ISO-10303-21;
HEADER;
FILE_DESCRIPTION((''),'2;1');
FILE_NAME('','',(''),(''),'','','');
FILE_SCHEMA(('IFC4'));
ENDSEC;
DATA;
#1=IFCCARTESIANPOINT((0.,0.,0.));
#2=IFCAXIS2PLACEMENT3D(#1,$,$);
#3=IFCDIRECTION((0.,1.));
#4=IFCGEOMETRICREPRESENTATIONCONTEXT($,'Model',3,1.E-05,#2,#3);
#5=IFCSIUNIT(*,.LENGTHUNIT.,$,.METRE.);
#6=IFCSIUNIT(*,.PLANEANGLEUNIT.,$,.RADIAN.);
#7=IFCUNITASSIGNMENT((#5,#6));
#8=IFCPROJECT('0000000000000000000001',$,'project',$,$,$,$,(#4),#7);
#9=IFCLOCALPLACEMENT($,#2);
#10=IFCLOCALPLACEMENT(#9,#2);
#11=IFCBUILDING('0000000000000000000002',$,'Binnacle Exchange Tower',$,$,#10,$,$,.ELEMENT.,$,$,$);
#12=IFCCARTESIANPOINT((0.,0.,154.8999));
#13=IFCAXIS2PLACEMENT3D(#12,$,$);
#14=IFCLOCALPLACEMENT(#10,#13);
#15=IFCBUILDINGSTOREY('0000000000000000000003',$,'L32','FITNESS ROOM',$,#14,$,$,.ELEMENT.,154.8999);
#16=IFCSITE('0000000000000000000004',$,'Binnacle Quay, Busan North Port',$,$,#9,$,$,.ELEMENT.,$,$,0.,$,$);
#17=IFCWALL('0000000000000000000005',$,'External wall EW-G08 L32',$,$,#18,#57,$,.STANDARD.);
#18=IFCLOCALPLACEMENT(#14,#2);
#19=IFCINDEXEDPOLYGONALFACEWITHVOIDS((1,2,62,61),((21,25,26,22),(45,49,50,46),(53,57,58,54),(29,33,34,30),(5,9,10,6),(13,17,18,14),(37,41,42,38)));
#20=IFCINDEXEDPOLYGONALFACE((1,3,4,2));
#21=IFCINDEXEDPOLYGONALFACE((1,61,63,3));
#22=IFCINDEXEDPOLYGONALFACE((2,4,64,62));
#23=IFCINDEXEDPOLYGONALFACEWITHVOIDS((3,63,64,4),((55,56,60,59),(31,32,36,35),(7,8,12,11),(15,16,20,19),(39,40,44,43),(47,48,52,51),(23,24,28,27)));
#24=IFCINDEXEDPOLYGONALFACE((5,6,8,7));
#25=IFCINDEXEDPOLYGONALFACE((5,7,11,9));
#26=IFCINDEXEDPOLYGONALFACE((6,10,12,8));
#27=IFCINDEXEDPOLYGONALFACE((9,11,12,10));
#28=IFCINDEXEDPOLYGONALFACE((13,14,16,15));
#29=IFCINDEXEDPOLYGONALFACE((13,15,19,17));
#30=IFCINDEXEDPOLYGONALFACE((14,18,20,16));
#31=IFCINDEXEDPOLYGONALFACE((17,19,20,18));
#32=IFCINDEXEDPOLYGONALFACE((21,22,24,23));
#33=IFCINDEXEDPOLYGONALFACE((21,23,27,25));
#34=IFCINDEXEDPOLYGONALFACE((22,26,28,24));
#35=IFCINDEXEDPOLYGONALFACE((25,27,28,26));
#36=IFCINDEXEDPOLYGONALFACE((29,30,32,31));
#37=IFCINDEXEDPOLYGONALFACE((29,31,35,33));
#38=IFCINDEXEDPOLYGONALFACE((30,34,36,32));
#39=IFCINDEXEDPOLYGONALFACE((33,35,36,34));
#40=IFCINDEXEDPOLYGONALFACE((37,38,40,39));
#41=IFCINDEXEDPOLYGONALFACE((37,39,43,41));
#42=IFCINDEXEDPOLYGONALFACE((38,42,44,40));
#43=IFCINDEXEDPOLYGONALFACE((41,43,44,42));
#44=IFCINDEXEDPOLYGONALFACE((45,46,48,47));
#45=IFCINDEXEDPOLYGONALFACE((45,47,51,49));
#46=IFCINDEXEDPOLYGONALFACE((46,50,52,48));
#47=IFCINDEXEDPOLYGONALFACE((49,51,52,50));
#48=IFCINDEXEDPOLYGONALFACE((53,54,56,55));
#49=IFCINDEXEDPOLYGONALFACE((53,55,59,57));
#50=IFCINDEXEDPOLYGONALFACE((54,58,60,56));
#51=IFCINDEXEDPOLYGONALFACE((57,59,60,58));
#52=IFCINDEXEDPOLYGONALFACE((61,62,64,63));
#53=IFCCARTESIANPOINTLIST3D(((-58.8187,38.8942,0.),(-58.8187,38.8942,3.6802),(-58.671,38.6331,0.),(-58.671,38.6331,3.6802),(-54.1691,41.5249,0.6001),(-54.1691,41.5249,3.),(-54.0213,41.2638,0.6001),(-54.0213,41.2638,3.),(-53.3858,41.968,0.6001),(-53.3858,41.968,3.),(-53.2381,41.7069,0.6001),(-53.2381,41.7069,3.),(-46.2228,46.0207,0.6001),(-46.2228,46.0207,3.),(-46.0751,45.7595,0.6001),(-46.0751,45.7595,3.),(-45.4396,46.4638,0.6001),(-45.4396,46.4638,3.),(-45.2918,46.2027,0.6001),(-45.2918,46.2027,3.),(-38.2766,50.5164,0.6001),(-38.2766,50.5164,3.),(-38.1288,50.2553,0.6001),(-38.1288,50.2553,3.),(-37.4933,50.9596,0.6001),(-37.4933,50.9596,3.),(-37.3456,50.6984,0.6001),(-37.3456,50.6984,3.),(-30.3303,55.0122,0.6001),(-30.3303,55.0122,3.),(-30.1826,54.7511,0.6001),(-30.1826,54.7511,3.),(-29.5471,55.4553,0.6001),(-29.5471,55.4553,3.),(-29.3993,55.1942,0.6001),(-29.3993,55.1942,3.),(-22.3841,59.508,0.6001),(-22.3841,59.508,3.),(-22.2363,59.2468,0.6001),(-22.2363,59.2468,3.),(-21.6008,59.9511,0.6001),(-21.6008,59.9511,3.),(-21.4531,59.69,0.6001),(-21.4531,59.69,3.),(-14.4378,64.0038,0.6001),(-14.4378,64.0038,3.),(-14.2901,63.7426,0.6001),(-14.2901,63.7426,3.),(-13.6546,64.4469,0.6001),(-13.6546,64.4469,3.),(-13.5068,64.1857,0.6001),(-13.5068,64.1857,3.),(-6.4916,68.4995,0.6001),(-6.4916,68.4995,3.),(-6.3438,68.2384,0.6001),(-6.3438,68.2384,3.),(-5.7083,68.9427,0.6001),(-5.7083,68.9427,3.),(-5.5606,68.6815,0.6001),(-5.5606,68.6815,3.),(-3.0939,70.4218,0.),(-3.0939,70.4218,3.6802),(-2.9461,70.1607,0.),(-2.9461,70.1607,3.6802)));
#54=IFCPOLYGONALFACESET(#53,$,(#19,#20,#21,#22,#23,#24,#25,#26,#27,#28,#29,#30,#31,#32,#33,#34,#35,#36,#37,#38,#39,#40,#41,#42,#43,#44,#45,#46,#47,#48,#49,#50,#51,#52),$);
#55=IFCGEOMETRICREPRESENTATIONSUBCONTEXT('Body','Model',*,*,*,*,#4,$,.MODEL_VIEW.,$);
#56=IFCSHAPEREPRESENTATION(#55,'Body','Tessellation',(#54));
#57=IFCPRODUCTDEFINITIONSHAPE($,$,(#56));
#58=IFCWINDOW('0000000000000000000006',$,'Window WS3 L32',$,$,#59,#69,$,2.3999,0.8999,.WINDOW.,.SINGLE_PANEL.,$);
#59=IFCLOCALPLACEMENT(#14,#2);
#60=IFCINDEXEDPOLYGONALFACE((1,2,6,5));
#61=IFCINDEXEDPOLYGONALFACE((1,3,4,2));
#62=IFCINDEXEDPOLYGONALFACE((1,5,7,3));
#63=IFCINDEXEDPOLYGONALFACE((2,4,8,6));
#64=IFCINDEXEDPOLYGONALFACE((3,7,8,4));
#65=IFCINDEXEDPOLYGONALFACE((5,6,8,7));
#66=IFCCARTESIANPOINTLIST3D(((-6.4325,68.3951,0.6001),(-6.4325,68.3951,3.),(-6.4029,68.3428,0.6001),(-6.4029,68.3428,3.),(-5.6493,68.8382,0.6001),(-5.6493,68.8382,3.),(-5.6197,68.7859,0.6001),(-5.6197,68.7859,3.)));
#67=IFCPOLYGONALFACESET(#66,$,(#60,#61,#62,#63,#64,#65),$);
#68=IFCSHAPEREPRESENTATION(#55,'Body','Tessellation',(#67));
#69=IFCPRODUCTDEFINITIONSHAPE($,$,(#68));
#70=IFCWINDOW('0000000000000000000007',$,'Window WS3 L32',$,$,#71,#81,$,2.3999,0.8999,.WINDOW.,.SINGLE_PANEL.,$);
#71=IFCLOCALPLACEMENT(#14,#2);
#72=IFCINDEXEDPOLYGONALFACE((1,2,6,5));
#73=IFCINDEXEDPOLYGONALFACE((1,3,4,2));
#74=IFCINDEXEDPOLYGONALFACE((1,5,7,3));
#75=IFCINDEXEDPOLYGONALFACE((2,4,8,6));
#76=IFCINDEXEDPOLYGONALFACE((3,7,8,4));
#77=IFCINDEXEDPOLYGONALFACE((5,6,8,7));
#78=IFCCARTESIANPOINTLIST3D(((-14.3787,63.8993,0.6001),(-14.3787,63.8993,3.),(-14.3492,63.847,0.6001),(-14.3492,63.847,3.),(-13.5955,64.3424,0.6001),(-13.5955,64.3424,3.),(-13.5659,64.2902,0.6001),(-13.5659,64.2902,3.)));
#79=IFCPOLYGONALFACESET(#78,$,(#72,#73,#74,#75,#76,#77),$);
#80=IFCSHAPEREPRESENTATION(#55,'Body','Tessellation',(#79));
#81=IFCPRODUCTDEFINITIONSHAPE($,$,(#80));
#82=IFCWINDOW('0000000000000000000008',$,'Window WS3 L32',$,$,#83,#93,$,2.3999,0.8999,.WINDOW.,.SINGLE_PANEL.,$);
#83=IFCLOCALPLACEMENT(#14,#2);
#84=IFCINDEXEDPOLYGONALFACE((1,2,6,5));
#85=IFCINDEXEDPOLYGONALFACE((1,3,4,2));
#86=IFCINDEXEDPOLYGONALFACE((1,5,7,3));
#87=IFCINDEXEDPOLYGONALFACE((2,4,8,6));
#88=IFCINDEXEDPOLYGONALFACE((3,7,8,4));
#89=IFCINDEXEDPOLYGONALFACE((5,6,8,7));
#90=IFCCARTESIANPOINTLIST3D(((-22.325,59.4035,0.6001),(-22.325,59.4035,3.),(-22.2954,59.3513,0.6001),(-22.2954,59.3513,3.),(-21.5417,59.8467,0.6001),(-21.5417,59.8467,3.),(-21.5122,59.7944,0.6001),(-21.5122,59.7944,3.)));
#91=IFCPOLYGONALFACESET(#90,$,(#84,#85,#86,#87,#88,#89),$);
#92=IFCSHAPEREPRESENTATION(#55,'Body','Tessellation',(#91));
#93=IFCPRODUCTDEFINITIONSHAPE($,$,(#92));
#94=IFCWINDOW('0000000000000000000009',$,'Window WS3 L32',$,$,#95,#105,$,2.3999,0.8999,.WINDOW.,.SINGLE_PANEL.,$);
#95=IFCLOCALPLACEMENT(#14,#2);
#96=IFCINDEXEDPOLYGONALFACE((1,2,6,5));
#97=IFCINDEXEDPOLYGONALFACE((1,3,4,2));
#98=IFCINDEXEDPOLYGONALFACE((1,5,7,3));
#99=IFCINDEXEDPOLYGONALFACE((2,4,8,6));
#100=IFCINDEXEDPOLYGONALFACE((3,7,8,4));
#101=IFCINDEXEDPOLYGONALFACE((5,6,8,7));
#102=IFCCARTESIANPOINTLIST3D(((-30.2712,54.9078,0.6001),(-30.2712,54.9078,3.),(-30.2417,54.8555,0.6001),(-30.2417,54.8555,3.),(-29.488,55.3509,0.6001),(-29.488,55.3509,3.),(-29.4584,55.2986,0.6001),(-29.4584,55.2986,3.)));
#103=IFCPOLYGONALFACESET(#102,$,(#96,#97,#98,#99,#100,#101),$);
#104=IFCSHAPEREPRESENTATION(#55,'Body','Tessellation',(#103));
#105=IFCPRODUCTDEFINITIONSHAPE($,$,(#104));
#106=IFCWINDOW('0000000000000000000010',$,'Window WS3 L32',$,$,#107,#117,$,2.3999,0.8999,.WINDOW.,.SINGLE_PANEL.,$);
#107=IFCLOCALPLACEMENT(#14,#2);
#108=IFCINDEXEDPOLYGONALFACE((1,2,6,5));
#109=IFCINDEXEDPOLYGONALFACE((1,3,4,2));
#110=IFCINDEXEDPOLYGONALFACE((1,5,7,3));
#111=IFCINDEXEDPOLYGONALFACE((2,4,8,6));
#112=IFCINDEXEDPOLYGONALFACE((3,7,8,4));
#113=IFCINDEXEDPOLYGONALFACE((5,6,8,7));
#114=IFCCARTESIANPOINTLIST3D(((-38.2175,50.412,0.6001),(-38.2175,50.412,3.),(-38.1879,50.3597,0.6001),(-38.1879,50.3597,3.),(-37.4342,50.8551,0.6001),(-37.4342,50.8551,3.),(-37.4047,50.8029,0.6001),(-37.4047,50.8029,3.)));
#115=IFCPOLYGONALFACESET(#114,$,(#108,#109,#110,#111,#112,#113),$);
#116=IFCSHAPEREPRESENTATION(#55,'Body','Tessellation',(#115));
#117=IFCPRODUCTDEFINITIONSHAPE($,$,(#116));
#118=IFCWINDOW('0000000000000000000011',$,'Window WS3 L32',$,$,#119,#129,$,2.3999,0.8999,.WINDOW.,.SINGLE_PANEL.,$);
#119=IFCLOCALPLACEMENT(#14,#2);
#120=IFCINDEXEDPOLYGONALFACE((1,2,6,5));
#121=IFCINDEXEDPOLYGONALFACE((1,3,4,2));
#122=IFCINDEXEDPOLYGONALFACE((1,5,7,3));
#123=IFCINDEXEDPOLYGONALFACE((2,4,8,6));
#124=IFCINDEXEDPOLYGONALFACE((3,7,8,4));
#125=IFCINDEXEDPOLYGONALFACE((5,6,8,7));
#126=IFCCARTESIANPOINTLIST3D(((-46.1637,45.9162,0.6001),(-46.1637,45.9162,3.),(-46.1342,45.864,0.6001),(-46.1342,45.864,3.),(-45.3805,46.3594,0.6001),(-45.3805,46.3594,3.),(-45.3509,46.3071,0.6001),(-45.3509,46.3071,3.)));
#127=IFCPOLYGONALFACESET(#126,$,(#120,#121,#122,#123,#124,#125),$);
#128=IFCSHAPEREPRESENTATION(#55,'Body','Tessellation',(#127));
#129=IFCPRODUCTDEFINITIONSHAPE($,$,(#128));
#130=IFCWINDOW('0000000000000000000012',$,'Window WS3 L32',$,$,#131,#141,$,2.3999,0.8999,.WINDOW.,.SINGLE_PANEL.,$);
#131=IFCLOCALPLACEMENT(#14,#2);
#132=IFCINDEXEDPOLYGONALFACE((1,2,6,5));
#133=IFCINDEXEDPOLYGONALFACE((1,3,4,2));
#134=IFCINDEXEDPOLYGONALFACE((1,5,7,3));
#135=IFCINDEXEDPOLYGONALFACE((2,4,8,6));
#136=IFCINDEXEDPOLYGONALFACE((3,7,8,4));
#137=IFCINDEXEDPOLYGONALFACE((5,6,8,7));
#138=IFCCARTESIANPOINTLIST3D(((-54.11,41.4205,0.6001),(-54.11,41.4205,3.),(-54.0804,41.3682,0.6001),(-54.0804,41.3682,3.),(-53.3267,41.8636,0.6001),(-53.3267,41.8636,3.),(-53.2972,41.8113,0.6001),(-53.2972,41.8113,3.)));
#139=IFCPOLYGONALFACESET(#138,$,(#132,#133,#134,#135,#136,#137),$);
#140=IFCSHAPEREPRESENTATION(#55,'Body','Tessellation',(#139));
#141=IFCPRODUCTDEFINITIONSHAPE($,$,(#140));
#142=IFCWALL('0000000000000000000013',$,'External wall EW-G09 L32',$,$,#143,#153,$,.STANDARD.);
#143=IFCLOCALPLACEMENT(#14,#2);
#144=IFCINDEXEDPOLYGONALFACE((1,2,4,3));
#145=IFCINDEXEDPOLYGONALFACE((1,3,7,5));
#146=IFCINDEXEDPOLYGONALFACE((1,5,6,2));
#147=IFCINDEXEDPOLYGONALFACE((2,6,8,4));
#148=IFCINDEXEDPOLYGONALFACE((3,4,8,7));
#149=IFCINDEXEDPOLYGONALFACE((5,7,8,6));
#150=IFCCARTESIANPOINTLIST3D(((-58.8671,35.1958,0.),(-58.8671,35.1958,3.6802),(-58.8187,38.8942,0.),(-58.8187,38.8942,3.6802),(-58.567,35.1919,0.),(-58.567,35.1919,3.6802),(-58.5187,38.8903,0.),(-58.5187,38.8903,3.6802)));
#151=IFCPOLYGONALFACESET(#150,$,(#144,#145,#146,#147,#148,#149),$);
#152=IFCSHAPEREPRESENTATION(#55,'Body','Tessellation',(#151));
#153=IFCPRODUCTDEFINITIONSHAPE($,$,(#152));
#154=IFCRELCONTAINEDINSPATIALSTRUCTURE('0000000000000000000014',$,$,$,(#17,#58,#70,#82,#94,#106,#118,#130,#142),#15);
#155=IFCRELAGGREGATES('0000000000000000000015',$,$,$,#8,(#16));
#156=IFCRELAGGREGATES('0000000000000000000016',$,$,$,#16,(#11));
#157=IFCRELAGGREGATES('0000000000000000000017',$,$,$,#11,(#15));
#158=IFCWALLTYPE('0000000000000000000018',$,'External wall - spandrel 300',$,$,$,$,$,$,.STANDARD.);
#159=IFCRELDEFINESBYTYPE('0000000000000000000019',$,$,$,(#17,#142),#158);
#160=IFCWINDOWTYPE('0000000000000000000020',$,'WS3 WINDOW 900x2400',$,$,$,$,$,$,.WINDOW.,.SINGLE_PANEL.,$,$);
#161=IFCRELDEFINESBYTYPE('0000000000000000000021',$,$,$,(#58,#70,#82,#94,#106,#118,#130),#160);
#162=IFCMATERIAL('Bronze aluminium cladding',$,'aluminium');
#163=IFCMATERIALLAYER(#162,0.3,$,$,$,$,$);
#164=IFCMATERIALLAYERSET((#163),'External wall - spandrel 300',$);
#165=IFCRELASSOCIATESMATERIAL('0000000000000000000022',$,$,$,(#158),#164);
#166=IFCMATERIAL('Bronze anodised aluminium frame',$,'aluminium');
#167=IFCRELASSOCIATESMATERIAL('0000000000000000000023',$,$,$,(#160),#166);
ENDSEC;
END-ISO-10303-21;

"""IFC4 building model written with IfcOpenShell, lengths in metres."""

from ifc_helpers import new_model, si_unit, direction, frame, frame_2d, origin, place, context, subcontext, project, spatial, rectangle, extrude, material, layer, layer_set, type_object, element, fill, save


model = new_model("IFC4")

# Units and contexts
model_context = context("Model", 3, precision=1e-05, world=origin(), true_north=direction((0.0, 1.0)))
body_context = subcontext(model_context, "Body", "Model", "MODEL_VIEW")
ifc_project = project(units=[si_unit("LENGTHUNIT", "METRE"), si_unit("PLANEANGLEUNIT", "RADIAN")], contexts=[model_context])

# Site, building, storey
site_placement = place(None, origin())
site = spatial("IfcSite", under=ifc_project, at=site_placement, Name="Binnacle Quay, Busan North Port", CompositionType="ELEMENT", RefElevation=0.0)
building_placement = place(site_placement, origin())
building = spatial("IfcBuilding", under=site, at=building_placement, Name="Binnacle Exchange Tower", CompositionType="ELEMENT")
storey_placement = place(building_placement, frame((0.0, 0.0, 154.8999)))
storey = spatial("IfcBuildingStorey", under=building, at=storey_placement, Name="L32", Description="FITNESS ROOM", CompositionType="ELEMENT", Elevation=154.8999)

# Wall, openings, windows
ifc_material_1 = material(Name="Bronze aluminium cladding", Category="aluminium")
ifc_layer_1 = layer(ifc_material_1, 0.3)
ifc_layer_set_1 = layer_set([ifc_layer_1], Name="External wall - spandrel 300")
wall_type_1 = type_object("IfcWallType", Name="External wall - spandrel 300", PredefinedType="STANDARD", material=ifc_layer_set_1)
wall_1_placement = place(storey_placement, frame((-58.7449, 38.7637, 0.0), z_axis=(0.0, 0.0, 1.0), x_axis=(0.870356, 0.492423, 0.0)))
wall_1 = element("IfcWall", 1, at=wall_1_placement, inside=storey, type_object=wall_type_1, Name="External wall EW-G08 L32", PredefinedType="STANDARD", context=body_context, shape_type="SweptSolid", body=[
    extrude(rectangle(XDim=64.0254, YDim=0.3, at=frame_2d((32.0127, 0.0))), origin(), (0.0, 0.0, 1.0), 3.6802),
])
opening_1_placement = place(wall_1_placement, frame((60.1216, 0.0, 0.6001)))
opening_1 = element("IfcOpeningElement", 2, at=opening_1_placement, cuts=wall_1, PredefinedType="OPENING", context=body_context, shape_type="SweptSolid", body=[
    extrude(rectangle(XDim=0.8999, YDim=2.3999, at=frame_2d((0.45, 1.2))), frame((0.0, 0.1599, 0.0), z_axis=(0.0, -1.0, 0.0), x_axis=(1.0, 0.0, 0.0)), (0.0, 0.0, 1.0), 0.3201),
])
opening_2_placement = place(wall_1_placement, frame((50.9917, 0.0, 0.6001)))
opening_2 = element("IfcOpeningElement", 3, at=opening_2_placement, cuts=wall_1, PredefinedType="OPENING", context=body_context, shape_type="SweptSolid", body=[
    extrude(rectangle(XDim=0.8999, YDim=2.3999, at=frame_2d((0.45, 1.2))), frame((0.0, 0.1599, 0.0), z_axis=(0.0, -1.0, 0.0), x_axis=(1.0, 0.0, 0.0)), (0.0, 0.0, 1.0), 0.3201),
])
opening_3_placement = place(wall_1_placement, frame((41.8618, 0.0, 0.6001)))
opening_3 = element("IfcOpeningElement", 4, at=opening_3_placement, cuts=wall_1, PredefinedType="OPENING", context=body_context, shape_type="SweptSolid", body=[
    extrude(rectangle(XDim=0.8999, YDim=2.3999, at=frame_2d((0.45, 1.2))), frame((0.0, 0.1599, 0.0), z_axis=(0.0, -1.0, 0.0), x_axis=(1.0, 0.0, 0.0)), (0.0, 0.0, 1.0), 0.3201),
])
opening_4_placement = place(wall_1_placement, frame((32.7319, 0.0, 0.6001)))
opening_4 = element("IfcOpeningElement", 5, at=opening_4_placement, cuts=wall_1, PredefinedType="OPENING", context=body_context, shape_type="SweptSolid", body=[
    extrude(rectangle(XDim=0.8999, YDim=2.3999, at=frame_2d((0.45, 1.2))), frame((0.0, 0.1599, 0.0), z_axis=(0.0, -1.0, 0.0), x_axis=(1.0, 0.0, 0.0)), (0.0, 0.0, 1.0), 0.3201),
])
opening_5_placement = place(wall_1_placement, frame((23.6021, 0.0, 0.6001)))
opening_5 = element("IfcOpeningElement", 6, at=opening_5_placement, cuts=wall_1, PredefinedType="OPENING", context=body_context, shape_type="SweptSolid", body=[
    extrude(rectangle(XDim=0.8999, YDim=2.3999, at=frame_2d((0.45, 1.2))), frame((0.0, 0.1599, 0.0), z_axis=(0.0, -1.0, 0.0), x_axis=(1.0, 0.0, 0.0)), (0.0, 0.0, 1.0), 0.3201),
])
opening_6_placement = place(wall_1_placement, frame((14.4722, 0.0, 0.6001)))
opening_6 = element("IfcOpeningElement", 7, at=opening_6_placement, cuts=wall_1, PredefinedType="OPENING", context=body_context, shape_type="SweptSolid", body=[
    extrude(rectangle(XDim=0.8999, YDim=2.3999, at=frame_2d((0.45, 1.2))), frame((0.0, 0.1599, 0.0), z_axis=(0.0, -1.0, 0.0), x_axis=(1.0, 0.0, 0.0)), (0.0, 0.0, 1.0), 0.3201),
])
opening_7_placement = place(wall_1_placement, frame((5.3423, 0.0, 0.6001)))
opening_7 = element("IfcOpeningElement", 8, at=opening_7_placement, cuts=wall_1, PredefinedType="OPENING", context=body_context, shape_type="SweptSolid", body=[
    extrude(rectangle(XDim=0.8999, YDim=2.3999, at=frame_2d((0.45, 1.2))), frame((0.0, 0.1599, 0.0), z_axis=(0.0, -1.0, 0.0), x_axis=(1.0, 0.0, 0.0)), (0.0, 0.0, 1.0), 0.3201),
])
ifc_material_2 = material(Name="Bronze anodised aluminium frame", Category="aluminium")
window_type = type_object("IfcWindowType", Name="WS3 WINDOW 900x2400", PartitioningType="SINGLE_PANEL", PredefinedType="WINDOW", material=ifc_material_2)
window_1_placement = place(opening_1_placement, origin())
window_1 = element("IfcWindow", 9, at=window_1_placement, inside=storey, type_object=window_type, Name="Window WS3 L32", OverallHeight=2.3999, OverallWidth=0.8999, PartitioningType="SINGLE_PANEL", PredefinedType="WINDOW", context=body_context, shape_type="SweptSolid", body=[
    extrude(rectangle(XDim=0.8999, YDim=2.3999, at=frame_2d((0.45, 1.2))), frame((0.0, 0.03, 0.0), z_axis=(0.0, -1.0, 0.0), x_axis=(1.0, 0.0, 0.0)), (0.0, 0.0, 1.0), 0.0601),
])
fill(opening_1, window_1)
window_2_placement = place(opening_2_placement, origin())
window_2 = element("IfcWindow", 10, at=window_2_placement, inside=storey, type_object=window_type, Name="Window WS3 L32", OverallHeight=2.3999, OverallWidth=0.8999, PartitioningType="SINGLE_PANEL", PredefinedType="WINDOW", context=body_context, shape_type="SweptSolid", body=[
    extrude(rectangle(XDim=0.8999, YDim=2.3999, at=frame_2d((0.45, 1.2))), frame((0.0, 0.03, 0.0), z_axis=(0.0, -1.0, 0.0), x_axis=(1.0, 0.0, 0.0)), (0.0, 0.0, 1.0), 0.0601),
])
fill(opening_2, window_2)
window_3_placement = place(opening_3_placement, origin())
window_3 = element("IfcWindow", 11, at=window_3_placement, inside=storey, type_object=window_type, Name="Window WS3 L32", OverallHeight=2.3999, OverallWidth=0.8999, PartitioningType="SINGLE_PANEL", PredefinedType="WINDOW", context=body_context, shape_type="SweptSolid", body=[
    extrude(rectangle(XDim=0.8999, YDim=2.3999, at=frame_2d((0.45, 1.2))), frame((0.0, 0.03, 0.0), z_axis=(0.0, -1.0, 0.0), x_axis=(1.0, 0.0, 0.0)), (0.0, 0.0, 1.0), 0.0601),
])
fill(opening_3, window_3)
window_4_placement = place(opening_4_placement, origin())
window_4 = element("IfcWindow", 12, at=window_4_placement, inside=storey, type_object=window_type, Name="Window WS3 L32", OverallHeight=2.3999, OverallWidth=0.8999, PartitioningType="SINGLE_PANEL", PredefinedType="WINDOW", context=body_context, shape_type="SweptSolid", body=[
    extrude(rectangle(XDim=0.8999, YDim=2.3999, at=frame_2d((0.45, 1.2))), frame((0.0, 0.03, 0.0), z_axis=(0.0, -1.0, 0.0), x_axis=(1.0, 0.0, 0.0)), (0.0, 0.0, 1.0), 0.0601),
])
fill(opening_4, window_4)
window_5_placement = place(opening_5_placement, origin())
window_5 = element("IfcWindow", 13, at=window_5_placement, inside=storey, type_object=window_type, Name="Window WS3 L32", OverallHeight=2.3999, OverallWidth=0.8999, PartitioningType="SINGLE_PANEL", PredefinedType="WINDOW", context=body_context, shape_type="SweptSolid", body=[
    extrude(rectangle(XDim=0.8999, YDim=2.3999, at=frame_2d((0.45, 1.2))), frame((0.0, 0.03, 0.0), z_axis=(0.0, -1.0, 0.0), x_axis=(1.0, 0.0, 0.0)), (0.0, 0.0, 1.0), 0.0601),
])
fill(opening_5, window_5)
window_6_placement = place(opening_6_placement, origin())
window_6 = element("IfcWindow", 14, at=window_6_placement, inside=storey, type_object=window_type, Name="Window WS3 L32", OverallHeight=2.3999, OverallWidth=0.8999, PartitioningType="SINGLE_PANEL", PredefinedType="WINDOW", context=body_context, shape_type="SweptSolid", body=[
    extrude(rectangle(XDim=0.8999, YDim=2.3999, at=frame_2d((0.45, 1.2))), frame((0.0, 0.03, 0.0), z_axis=(0.0, -1.0, 0.0), x_axis=(1.0, 0.0, 0.0)), (0.0, 0.0, 1.0), 0.0601),
])
fill(opening_6, window_6)
window_7_placement = place(opening_7_placement, origin())
window_7 = element("IfcWindow", 15, at=window_7_placement, inside=storey, type_object=window_type, Name="Window WS3 L32", OverallHeight=2.3999, OverallWidth=0.8999, PartitioningType="SINGLE_PANEL", PredefinedType="WINDOW", context=body_context, shape_type="SweptSolid", body=[
    extrude(rectangle(XDim=0.8999, YDim=2.3999, at=frame_2d((0.45, 1.2))), frame((0.0, 0.03, 0.0), z_axis=(0.0, -1.0, 0.0), x_axis=(1.0, 0.0, 0.0)), (0.0, 0.0, 1.0), 0.0601),
])
fill(opening_7, window_7)

# Wall
wall_2_placement = place(storey_placement, frame((-58.717, 35.1938, 0.0), z_axis=(0.0, 0.0, 1.0), x_axis=(0.013069, 0.999915, 0.0)))
element("IfcWall", 16, at=wall_2_placement, inside=storey, type_object=wall_type_1, Name="External wall EW-G09 L32", PredefinedType="STANDARD", context=body_context, shape_type="SweptSolid", body=[
    extrude(rectangle(XDim=3.6987, YDim=0.3, at=frame_2d((1.8494, 0.0))), origin(), (0.0, 0.0, 1.0), 3.6802),
])

save(model, "model.ifc")
